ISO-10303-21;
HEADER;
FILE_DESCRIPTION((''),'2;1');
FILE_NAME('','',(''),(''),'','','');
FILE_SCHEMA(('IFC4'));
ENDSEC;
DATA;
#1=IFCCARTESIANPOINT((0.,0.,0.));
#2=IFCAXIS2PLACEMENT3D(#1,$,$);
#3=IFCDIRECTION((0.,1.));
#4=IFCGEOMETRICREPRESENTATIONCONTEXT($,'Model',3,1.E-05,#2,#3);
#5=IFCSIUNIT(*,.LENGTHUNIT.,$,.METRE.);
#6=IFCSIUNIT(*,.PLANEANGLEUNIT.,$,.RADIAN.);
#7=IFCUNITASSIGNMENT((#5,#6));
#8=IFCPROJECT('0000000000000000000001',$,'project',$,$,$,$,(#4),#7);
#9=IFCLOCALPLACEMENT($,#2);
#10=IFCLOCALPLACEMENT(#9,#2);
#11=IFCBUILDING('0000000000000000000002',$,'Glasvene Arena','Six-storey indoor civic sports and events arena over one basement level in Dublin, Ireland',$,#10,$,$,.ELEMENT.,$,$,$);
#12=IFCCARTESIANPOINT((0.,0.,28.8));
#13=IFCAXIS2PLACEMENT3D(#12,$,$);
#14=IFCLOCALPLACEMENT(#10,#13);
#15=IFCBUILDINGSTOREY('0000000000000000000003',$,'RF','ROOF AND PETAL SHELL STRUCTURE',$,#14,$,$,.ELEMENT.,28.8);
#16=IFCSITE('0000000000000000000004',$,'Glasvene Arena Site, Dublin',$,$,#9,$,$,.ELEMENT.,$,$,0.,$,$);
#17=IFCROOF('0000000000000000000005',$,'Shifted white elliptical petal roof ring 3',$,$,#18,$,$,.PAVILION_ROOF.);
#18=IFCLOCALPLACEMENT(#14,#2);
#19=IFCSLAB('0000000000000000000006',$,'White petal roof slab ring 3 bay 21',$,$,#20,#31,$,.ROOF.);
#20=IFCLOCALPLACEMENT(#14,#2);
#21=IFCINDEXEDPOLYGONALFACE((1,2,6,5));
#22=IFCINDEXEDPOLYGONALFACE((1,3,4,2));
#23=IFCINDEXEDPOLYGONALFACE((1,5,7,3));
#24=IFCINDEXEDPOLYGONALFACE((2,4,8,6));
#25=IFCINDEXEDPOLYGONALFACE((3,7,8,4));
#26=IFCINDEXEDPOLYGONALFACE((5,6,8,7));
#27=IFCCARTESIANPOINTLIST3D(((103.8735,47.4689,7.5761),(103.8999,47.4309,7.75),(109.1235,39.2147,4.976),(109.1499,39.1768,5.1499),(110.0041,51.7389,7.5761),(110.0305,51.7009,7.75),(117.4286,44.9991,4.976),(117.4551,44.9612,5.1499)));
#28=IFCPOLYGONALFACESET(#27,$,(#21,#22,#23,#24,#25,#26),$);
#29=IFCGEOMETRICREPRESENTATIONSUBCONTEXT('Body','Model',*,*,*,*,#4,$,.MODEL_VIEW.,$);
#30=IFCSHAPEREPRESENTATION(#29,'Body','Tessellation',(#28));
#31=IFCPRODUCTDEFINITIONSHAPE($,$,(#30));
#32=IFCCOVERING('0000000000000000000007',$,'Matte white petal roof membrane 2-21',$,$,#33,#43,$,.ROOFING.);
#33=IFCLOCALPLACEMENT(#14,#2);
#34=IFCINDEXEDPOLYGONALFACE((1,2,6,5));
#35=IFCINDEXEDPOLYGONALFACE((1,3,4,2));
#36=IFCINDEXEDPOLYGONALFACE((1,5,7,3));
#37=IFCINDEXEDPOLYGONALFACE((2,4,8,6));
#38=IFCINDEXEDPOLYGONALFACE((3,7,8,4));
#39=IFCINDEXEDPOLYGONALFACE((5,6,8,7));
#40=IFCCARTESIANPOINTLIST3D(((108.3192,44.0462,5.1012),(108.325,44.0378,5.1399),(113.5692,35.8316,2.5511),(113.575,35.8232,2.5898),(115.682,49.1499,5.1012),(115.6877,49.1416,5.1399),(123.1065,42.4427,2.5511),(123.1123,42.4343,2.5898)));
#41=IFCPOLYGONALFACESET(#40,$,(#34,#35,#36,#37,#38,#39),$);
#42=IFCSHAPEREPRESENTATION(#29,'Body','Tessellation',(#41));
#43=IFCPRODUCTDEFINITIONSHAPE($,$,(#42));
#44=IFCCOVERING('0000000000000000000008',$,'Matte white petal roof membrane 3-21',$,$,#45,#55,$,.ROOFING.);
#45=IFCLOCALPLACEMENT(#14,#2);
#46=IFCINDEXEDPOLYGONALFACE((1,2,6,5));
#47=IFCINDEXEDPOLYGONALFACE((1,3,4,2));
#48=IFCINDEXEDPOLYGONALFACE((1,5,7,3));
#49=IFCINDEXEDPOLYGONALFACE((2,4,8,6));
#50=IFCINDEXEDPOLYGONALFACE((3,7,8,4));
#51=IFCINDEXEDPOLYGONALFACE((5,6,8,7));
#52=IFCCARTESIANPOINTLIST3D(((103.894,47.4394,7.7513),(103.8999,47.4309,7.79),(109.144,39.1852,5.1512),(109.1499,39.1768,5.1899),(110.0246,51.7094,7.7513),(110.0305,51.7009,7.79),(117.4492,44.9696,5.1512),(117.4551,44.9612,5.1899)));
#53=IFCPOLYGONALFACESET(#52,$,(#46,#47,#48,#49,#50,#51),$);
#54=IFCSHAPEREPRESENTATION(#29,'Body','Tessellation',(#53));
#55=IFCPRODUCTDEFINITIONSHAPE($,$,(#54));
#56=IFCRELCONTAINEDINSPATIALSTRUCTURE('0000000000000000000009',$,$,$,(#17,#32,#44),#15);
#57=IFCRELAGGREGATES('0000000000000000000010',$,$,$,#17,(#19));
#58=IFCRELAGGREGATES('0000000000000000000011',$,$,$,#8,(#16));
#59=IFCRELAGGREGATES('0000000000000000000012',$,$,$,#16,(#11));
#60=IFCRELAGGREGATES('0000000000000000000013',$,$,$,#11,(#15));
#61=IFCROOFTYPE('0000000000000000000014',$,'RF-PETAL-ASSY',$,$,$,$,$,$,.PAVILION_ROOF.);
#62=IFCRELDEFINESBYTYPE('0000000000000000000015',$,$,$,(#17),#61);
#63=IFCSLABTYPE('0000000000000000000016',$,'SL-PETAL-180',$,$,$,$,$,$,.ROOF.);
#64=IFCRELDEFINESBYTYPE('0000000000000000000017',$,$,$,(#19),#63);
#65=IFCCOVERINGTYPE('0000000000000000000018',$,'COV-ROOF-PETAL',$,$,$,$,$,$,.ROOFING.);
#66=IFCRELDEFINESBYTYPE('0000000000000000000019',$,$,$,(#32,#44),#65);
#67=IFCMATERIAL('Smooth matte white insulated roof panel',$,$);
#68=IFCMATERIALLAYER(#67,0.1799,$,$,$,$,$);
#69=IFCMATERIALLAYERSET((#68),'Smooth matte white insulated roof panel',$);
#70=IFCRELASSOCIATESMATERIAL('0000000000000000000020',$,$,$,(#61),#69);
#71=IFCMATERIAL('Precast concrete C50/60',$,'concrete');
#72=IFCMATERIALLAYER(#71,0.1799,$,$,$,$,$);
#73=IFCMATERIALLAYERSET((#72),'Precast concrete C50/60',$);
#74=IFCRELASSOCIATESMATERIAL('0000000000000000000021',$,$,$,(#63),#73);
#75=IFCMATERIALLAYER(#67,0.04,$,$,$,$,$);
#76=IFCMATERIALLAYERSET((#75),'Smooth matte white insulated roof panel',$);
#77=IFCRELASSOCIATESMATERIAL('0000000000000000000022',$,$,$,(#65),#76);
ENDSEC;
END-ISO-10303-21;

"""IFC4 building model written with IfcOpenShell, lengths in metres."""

from ifc_helpers import new_model, si_unit, direction, frame, origin, place, context, subcontext, project, spatial, polyline, outline, extrude, material, layer, layer_set, type_object, element, aggregate, save


model = new_model("IFC4")

# Units and contexts
model_context = context("Model", 3, precision=1e-05, world=origin(), true_north=direction((0.0, 1.0)))
body_context = subcontext(model_context, "Body", "Model", "MODEL_VIEW")
ifc_project = project(units=[si_unit("LENGTHUNIT", "METRE"), si_unit("PLANEANGLEUNIT", "RADIAN")], contexts=[model_context])

# Site, building, storey
site_placement = place(None, origin())
site = spatial("IfcSite", under=ifc_project, at=site_placement, Name="Glasvene Arena Site, Dublin", CompositionType="ELEMENT", RefElevation=0.0)
building_placement = place(site_placement, origin())
building = spatial("IfcBuilding", under=site, at=building_placement, Name="Glasvene Arena", Description="Six-storey indoor civic sports and events arena over one basement level in Dublin, Ireland", CompositionType="ELEMENT")
storey_placement = place(building_placement, frame((0.0, 0.0, 28.8)))
storey = spatial("IfcBuildingStorey", under=building, at=storey_placement, Name="RF", Description="ROOF AND PETAL SHELL STRUCTURE", CompositionType="ELEMENT", Elevation=28.8)

# Roof, slab
ifc_material_1 = material(Name="Smooth matte white insulated roof panel")
ifc_layer_1 = layer(ifc_material_1, 0.1799)
ifc_layer_set_1 = layer_set([ifc_layer_1], Name="Smooth matte white insulated roof panel")
roof_type = type_object("IfcRoofType", Name="RF-PETAL-ASSY", PredefinedType="PAVILION_ROOF", material=ifc_layer_set_1)
ifc_material_2 = material(Name="Precast concrete C50/60", Category="concrete")
ifc_layer_2 = layer(ifc_material_2, 0.1799)
ifc_layer_set_2 = layer_set([ifc_layer_2], Name="Precast concrete C50/60")
slab_type = type_object("IfcSlabType", Name="SL-PETAL-180", PredefinedType="ROOF", material=ifc_layer_set_2)
roof_1_placement = place(storey_placement, frame((89.1001, 70.7, 5.1499)))
roof_1 = element("IfcRoof", 1, at=roof_1_placement, inside=storey, type_object=roof_type, Name="Shifted white elliptical petal roof ring 3", PredefinedType="PAVILION_ROOF")
slab_1_placement = place(storey_placement, frame((109.1499, 39.1768, 5.1499), z_axis=(0.146932, -0.21096, 0.966389), x_axis=(0.820585, 0.571525, -0.000002)))
slab_1 = element("IfcSlab", 2, at=slab_1_placement, type_object=slab_type, Name="White petal roof slab ring 3 bay 21", PredefinedType="ROOF", context=body_context, shape_type="SweptSolid", body=[
    extrude(outline(polyline([(0.0, 0.0), (10.121, 0.0), (7.8805, 10.1138), (0.4094, 10.1137), (0.0, 0.0)])), origin(), (0.0, 0.0, -1.0), 0.1799),
])
aggregate(roof_1, [slab_1])

# Coverings
ifc_layer_3 = layer(ifc_material_1, 0.04)
ifc_layer_set_3 = layer_set([ifc_layer_3], Name="Smooth matte white insulated roof panel")
covering_type = type_object("IfcCoveringType", Name="COV-ROOF-PETAL", PredefinedType="ROOFING", material=ifc_layer_set_3)
covering_1_placement = place(storey_placement, frame((113.575, 35.8232, 2.5898), z_axis=(0.14426, -0.208113, 0.967408), x_axis=(0.821857, 0.569693, 0.0)))
element("IfcCovering", 3, at=covering_1_placement, inside=storey, type_object=covering_type, Name="Matte white petal roof membrane 2-21", PredefinedType="ROOFING", context=body_context, shape_type="SweptSolid", body=[
    extrude(outline(polyline([(0.0, 0.0), (11.6046, 0.0), (9.3238, 10.0704), (0.3651, 10.0703), (0.0, 0.0)])), origin(), (0.0, 0.0, -1.0), 0.04),
])
covering_2_placement = place(storey_placement, frame((109.1499, 39.1768, 5.1899), z_axis=(0.146932, -0.21096, 0.966389), x_axis=(0.820585, 0.571525, -0.000002)))
element("IfcCovering", 4, at=covering_2_placement, inside=storey, type_object=covering_type, Name="Matte white petal roof membrane 3-21", PredefinedType="ROOFING", context=body_context, shape_type="SweptSolid", body=[
    extrude(outline(polyline([(0.0, 0.0), (10.121, 0.0), (7.8805, 10.1138), (0.4094, 10.1137), (0.0, 0.0)])), origin(), (0.0, 0.0, -1.0), 0.04),
])

save(model, "model.ifc")
